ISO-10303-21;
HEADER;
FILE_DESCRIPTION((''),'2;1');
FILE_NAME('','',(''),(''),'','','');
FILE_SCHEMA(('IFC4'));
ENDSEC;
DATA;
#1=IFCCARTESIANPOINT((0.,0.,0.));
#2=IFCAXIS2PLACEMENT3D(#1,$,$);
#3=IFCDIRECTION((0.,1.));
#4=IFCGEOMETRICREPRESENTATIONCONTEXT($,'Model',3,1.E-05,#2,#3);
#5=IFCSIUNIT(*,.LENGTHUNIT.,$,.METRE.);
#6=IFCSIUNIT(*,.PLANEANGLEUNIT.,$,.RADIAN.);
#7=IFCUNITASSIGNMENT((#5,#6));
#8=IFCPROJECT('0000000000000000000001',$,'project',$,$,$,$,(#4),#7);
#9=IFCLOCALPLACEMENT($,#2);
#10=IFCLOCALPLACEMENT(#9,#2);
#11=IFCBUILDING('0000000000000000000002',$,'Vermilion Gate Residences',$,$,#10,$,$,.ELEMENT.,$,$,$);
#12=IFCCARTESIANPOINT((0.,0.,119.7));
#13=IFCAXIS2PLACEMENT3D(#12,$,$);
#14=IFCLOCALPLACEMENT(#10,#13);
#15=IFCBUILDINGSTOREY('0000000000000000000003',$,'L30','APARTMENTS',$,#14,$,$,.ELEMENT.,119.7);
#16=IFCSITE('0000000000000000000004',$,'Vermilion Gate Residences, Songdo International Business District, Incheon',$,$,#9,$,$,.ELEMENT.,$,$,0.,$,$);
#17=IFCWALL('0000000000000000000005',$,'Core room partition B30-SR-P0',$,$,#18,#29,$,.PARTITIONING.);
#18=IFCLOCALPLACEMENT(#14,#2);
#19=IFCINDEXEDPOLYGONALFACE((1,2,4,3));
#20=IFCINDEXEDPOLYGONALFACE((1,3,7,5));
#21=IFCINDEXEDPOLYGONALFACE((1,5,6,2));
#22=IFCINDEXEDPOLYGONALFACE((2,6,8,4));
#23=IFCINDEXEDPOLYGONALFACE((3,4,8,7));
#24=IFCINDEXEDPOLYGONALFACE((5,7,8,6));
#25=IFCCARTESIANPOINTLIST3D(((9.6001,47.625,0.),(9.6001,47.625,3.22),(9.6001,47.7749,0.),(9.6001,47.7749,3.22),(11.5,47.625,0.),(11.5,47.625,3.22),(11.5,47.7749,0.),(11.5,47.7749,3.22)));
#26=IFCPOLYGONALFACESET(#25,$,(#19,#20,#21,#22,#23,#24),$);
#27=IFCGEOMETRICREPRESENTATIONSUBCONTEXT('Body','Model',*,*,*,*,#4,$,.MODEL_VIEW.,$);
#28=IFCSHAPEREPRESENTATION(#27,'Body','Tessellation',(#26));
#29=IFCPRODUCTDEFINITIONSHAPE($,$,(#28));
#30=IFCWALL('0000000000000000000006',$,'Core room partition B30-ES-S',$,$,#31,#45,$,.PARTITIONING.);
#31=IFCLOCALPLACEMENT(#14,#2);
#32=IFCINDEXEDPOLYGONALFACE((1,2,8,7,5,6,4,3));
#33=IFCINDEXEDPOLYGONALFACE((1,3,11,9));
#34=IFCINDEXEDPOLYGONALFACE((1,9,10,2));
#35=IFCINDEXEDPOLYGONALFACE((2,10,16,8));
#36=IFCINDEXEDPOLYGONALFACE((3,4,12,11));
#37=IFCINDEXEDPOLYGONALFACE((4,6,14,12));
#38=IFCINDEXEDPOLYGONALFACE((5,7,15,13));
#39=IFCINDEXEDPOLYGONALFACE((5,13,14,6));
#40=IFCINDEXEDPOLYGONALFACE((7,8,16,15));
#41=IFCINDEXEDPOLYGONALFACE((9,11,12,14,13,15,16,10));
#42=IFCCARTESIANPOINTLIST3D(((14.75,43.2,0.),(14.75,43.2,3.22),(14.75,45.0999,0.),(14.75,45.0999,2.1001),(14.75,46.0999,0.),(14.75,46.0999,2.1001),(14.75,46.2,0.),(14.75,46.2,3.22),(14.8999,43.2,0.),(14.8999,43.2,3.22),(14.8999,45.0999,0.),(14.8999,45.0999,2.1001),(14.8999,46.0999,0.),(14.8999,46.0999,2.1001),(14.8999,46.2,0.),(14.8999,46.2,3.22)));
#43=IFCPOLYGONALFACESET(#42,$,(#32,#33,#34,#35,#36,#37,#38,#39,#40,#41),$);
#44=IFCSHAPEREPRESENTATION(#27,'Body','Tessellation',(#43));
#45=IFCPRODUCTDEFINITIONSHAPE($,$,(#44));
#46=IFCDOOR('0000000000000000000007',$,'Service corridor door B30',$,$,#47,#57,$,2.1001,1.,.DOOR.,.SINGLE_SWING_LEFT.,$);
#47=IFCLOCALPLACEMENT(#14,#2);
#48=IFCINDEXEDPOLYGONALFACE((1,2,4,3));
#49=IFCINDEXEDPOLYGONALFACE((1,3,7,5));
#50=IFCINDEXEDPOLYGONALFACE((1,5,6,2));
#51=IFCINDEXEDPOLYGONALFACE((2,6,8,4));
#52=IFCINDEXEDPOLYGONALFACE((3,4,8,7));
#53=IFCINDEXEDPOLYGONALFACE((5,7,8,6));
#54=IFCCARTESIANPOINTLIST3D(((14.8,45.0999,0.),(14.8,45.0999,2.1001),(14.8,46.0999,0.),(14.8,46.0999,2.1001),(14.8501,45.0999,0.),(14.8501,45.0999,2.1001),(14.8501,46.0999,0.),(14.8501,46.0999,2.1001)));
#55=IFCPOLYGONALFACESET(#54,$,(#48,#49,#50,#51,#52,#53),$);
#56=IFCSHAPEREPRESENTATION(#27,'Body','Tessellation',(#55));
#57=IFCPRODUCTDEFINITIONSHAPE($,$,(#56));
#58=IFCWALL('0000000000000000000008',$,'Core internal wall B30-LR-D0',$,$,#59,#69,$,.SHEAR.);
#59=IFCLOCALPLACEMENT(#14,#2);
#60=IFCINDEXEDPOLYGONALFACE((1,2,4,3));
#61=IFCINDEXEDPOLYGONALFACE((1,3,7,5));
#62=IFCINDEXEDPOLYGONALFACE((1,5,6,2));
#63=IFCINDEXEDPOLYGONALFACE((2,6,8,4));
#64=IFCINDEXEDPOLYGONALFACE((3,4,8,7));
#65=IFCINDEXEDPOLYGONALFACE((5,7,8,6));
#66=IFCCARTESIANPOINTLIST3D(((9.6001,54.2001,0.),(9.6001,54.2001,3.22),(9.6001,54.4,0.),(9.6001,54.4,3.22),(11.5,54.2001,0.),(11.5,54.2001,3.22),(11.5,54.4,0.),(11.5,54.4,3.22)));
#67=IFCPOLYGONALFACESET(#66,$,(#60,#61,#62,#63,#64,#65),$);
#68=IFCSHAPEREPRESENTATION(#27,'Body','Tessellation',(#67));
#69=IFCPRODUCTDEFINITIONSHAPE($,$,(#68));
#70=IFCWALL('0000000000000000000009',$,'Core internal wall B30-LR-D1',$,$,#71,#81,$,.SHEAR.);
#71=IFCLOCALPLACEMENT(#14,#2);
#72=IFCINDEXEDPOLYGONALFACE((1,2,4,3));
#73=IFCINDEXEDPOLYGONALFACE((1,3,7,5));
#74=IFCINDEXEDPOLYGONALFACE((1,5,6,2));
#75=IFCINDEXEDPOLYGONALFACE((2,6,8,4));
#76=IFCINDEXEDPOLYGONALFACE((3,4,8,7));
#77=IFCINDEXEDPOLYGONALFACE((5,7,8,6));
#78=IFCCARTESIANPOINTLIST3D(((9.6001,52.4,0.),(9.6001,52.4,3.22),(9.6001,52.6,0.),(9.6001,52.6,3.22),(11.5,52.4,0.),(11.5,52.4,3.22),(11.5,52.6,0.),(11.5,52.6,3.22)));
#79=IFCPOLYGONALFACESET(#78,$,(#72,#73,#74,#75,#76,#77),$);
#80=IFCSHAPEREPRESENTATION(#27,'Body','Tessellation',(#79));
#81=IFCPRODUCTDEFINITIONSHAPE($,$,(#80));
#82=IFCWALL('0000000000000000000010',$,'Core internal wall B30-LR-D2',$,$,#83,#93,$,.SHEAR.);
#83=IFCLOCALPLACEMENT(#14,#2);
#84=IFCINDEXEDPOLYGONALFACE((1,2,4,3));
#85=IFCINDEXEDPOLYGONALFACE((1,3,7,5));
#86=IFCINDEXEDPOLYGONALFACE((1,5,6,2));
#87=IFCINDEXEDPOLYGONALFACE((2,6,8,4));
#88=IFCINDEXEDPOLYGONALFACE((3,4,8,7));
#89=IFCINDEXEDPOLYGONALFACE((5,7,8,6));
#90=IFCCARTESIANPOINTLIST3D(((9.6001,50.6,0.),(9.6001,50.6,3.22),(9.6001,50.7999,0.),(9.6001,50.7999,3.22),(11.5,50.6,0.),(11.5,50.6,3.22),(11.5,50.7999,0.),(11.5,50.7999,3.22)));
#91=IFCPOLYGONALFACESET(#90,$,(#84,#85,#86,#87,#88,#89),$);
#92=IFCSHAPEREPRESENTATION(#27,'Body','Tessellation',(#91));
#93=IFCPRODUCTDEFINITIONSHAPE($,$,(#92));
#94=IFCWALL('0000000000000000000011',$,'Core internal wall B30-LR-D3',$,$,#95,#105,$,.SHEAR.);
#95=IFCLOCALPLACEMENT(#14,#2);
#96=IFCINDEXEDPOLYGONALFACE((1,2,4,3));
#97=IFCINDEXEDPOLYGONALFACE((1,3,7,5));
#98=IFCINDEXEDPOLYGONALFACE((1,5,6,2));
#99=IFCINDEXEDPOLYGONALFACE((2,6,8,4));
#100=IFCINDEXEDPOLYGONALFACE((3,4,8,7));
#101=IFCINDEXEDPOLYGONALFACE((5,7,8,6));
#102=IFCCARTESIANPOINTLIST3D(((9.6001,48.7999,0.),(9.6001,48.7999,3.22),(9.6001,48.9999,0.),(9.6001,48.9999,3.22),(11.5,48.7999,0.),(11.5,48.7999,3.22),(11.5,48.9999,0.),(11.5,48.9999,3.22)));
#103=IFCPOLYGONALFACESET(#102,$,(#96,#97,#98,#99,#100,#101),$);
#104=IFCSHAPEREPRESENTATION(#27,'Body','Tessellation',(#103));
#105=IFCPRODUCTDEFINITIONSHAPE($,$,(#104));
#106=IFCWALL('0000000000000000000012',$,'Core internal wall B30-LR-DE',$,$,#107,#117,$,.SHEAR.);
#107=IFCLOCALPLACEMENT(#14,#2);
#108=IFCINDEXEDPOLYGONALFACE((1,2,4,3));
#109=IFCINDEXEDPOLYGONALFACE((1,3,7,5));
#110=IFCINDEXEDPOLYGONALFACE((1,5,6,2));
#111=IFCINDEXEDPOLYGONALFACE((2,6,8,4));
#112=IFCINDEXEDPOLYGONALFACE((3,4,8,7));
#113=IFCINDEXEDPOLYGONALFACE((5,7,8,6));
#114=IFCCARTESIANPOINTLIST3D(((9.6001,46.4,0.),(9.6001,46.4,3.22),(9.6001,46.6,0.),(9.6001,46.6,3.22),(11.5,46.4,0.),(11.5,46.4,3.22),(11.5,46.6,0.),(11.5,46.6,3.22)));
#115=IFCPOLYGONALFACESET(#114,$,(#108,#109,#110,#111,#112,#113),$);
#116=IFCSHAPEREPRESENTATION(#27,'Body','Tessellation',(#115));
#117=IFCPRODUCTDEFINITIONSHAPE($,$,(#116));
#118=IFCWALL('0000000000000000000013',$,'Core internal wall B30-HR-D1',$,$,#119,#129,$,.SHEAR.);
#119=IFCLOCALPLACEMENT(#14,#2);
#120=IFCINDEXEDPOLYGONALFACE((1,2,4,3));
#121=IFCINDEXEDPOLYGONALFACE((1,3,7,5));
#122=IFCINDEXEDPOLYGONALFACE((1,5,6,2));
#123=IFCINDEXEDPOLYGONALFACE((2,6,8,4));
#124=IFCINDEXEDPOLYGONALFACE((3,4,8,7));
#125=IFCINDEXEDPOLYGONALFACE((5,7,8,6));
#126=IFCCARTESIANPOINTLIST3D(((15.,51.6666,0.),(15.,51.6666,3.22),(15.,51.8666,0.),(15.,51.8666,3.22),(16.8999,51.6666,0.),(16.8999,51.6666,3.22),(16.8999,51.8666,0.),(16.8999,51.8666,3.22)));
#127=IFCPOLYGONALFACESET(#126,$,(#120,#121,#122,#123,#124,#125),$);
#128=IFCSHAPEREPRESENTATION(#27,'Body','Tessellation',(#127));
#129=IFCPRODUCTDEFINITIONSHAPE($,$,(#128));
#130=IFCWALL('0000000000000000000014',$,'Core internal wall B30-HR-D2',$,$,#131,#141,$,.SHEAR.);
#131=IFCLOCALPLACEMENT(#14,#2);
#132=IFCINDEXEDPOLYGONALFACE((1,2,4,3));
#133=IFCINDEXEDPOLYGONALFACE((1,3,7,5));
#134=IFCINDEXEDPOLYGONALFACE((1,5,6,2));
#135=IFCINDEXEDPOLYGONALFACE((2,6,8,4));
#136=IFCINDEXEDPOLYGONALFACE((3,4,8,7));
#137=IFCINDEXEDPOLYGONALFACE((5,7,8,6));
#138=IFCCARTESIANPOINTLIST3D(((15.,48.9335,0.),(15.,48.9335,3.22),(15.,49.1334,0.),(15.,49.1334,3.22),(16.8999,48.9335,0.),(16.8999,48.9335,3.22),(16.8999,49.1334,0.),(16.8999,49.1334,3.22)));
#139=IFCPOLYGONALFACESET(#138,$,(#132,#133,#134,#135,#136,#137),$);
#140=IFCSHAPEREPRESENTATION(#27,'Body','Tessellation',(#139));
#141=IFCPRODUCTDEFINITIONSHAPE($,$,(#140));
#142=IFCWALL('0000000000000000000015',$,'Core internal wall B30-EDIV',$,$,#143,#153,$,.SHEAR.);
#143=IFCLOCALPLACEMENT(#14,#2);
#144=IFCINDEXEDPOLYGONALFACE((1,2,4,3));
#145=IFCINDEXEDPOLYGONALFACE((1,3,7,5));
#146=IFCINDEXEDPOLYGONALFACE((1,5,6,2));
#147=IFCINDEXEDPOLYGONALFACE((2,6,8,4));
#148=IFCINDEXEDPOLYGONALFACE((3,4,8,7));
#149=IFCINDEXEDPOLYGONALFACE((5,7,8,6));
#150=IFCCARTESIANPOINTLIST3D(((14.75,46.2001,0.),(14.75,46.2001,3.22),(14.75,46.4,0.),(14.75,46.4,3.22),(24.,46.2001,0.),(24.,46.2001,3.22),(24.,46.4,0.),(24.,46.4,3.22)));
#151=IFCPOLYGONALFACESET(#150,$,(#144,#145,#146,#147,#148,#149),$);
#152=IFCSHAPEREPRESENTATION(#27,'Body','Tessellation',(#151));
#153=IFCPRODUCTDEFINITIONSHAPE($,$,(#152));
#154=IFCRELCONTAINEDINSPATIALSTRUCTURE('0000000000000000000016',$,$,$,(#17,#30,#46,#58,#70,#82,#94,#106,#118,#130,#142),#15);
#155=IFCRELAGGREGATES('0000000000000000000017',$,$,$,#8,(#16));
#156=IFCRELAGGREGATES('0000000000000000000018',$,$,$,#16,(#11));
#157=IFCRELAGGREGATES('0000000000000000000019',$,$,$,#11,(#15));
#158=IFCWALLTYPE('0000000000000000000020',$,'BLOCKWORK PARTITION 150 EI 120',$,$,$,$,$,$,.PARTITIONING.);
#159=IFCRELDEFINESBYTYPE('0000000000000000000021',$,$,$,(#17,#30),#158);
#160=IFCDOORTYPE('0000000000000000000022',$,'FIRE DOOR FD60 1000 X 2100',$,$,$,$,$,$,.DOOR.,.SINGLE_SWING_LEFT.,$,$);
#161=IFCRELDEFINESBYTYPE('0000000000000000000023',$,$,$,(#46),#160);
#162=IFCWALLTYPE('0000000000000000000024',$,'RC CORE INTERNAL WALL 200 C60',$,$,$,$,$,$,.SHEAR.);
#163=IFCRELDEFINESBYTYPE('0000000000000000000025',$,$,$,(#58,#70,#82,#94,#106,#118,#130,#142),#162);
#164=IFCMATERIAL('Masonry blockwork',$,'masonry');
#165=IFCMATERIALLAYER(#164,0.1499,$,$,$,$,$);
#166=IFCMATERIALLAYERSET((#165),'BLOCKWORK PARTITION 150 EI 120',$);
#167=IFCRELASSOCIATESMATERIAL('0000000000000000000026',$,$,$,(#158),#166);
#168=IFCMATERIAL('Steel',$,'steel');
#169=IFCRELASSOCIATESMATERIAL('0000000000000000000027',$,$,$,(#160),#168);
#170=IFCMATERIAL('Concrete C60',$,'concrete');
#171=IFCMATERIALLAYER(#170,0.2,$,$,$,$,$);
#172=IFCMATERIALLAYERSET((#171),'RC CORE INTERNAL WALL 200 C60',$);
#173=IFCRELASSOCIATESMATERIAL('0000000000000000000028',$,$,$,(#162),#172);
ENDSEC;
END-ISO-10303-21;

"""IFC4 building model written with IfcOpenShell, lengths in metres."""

from ifc_helpers import new_model, si_unit, direction, frame, frame_2d, origin, place, context, subcontext, project, spatial, rectangle, extrude, material, layer, layer_set, type_object, element, fill, save


model = new_model("IFC4")

# Units and contexts
model_context = context("Model", 3, precision=1e-05, world=origin(), true_north=direction((0.0, 1.0)))
body_context = subcontext(model_context, "Body", "Model", "MODEL_VIEW")
ifc_project = project(units=[si_unit("LENGTHUNIT", "METRE"), si_unit("PLANEANGLEUNIT", "RADIAN")], contexts=[model_context])

# Site, building, storey
site_placement = place(None, origin())
site = spatial("IfcSite", under=ifc_project, at=site_placement, Name="Vermilion Gate Residences, Songdo International Business District, Incheon", CompositionType="ELEMENT", RefElevation=0.0)
building_placement = place(site_placement, origin())
building = spatial("IfcBuilding", under=site, at=building_placement, Name="Vermilion Gate Residences", CompositionType="ELEMENT")
storey_placement = place(building_placement, frame((0.0, 0.0, 119.7)))
storey = spatial("IfcBuildingStorey", under=building, at=storey_placement, Name="L30", Description="APARTMENTS", CompositionType="ELEMENT", Elevation=119.7)

# Wall
ifc_material_1 = material(Name="Masonry blockwork", Category="masonry")
ifc_layer_1 = layer(ifc_material_1, 0.1499)
ifc_layer_set_1 = layer_set([ifc_layer_1], Name="BLOCKWORK PARTITION 150 EI 120")
wall_type_1 = type_object("IfcWallType", Name="BLOCKWORK PARTITION 150 EI 120", PredefinedType="PARTITIONING", material=ifc_layer_set_1)
wall_1_placement = place(storey_placement, frame((9.6001, 47.7, 0.0), z_axis=(0.0, 0.0, 1.0), x_axis=(1.0, 0.0, 0.0)))
element("IfcWall", 1, at=wall_1_placement, inside=storey, type_object=wall_type_1, Name="Core room partition B30-SR-P0", PredefinedType="PARTITIONING", context=body_context, shape_type="SweptSolid", body=[
    extrude(rectangle(XDim=1.8999, YDim=0.1499, at=frame_2d((0.95, 0.0))), origin(), (0.0, 0.0, 1.0), 3.22),
])

# Wall, opening, door
wall_2_placement = place(storey_placement, frame((14.825, 46.2, 0.0), z_axis=(0.0, 0.0, 1.0), x_axis=(0.0, -1.0, 0.0)))
wall_2 = element("IfcWall", 2, at=wall_2_placement, inside=storey, type_object=wall_type_1, Name="Core room partition B30-ES-S", PredefinedType="PARTITIONING", context=body_context, shape_type="SweptSolid", body=[
    extrude(rectangle(XDim=3.0, YDim=0.1499, at=frame_2d((1.5, 0.0))), origin(), (0.0, 0.0, 1.0), 3.22),
])
opening_placement = place(wall_2_placement, frame((0.1001, 0.0, 0.0)))
opening = element("IfcOpeningElement", 3, at=opening_placement, cuts=wall_2, PredefinedType="OPENING", context=body_context, shape_type="SweptSolid", body=[
    extrude(rectangle(XDim=1.0, YDim=2.1001, at=frame_2d((0.5, 1.05))), frame((0.0, 0.085, 0.0), z_axis=(0.0, -1.0, 0.0), x_axis=(1.0, 0.0, 0.0)), (0.0, 0.0, 1.0), 0.1699),
])
ifc_material_2 = material(Name="Steel", Category="steel")
door_type = type_object("IfcDoorType", Name="FIRE DOOR FD60 1000 X 2100", OperationType="SINGLE_SWING_LEFT", PredefinedType="DOOR", material=ifc_material_2)
door_placement = place(opening_placement, frame((1.0, 0.0, 0.0), z_axis=(0.0, 0.0, 1.0), x_axis=(-1.0, 0.0, 0.0)))
door = element("IfcDoor", 4, at=door_placement, inside=storey, type_object=door_type, Name="Service corridor door B30", OperationType="SINGLE_SWING_LEFT", OverallHeight=2.1001, OverallWidth=1.0, PredefinedType="DOOR", context=body_context, shape_type="SweptSolid", body=[
    extrude(rectangle(XDim=1.0, YDim=2.1001, at=frame_2d((0.5, 1.05))), frame((0.0, 0.0249, 0.0), z_axis=(0.0, -1.0, 0.0), x_axis=(1.0, 0.0, 0.0)), (0.0, 0.0, 1.0), 0.05),
])
fill(opening, door)

# Walls
ifc_material_3 = material(Name="Concrete C60", Category="concrete")
ifc_layer_2 = layer(ifc_material_3, 0.2)
ifc_layer_set_2 = layer_set([ifc_layer_2], Name="RC CORE INTERNAL WALL 200 C60")
wall_type_2 = type_object("IfcWallType", Name="RC CORE INTERNAL WALL 200 C60", PredefinedType="SHEAR", material=ifc_layer_set_2)
for number, where, z_axis, x_axis, name in (
    (5, (9.6001, 54.3, 0.0), (0.0, 0.0, 1.0), (1.0, 0.0, 0.0), "Core internal wall B30-LR-D0"),
    (6, (9.6001, 52.5, 0.0), (0.0, 0.0, 1.0), (1.0, 0.0, 0.0), "Core internal wall B30-LR-D1"),
    (7, (9.6001, 50.7, 0.0), (0.0, 0.0, 1.0), (1.0, 0.0, 0.0), "Core internal wall B30-LR-D2"),
    (8, (9.6001, 48.8999, 0.0), (0.0, 0.0, 1.0), (1.0, 0.0, 0.0), "Core internal wall B30-LR-D3"),
    (9, (9.6001, 46.5, 0.0), (0.0, 0.0, 1.0), (1.0, 0.0, 0.0), "Core internal wall B30-LR-DE"),
    (10, (15.0, 51.7666, 0.0), (0.0, 0.0, 1.0), (1.0, 0.0, 0.0), "Core internal wall B30-HR-D1"),
    (11, (15.0, 49.0334, 0.0), (0.0, 0.0, 1.0), (1.0, 0.0, 0.0), "Core internal wall B30-HR-D2"),
):
    element("IfcWall", number, at=place(storey_placement, frame(where, z_axis=z_axis, x_axis=x_axis)), inside=storey, type_object=wall_type_2, Name=name, PredefinedType="SHEAR", context=body_context, shape_type="SweptSolid", body=[
        extrude(rectangle(XDim=1.8999, YDim=0.2, at=frame_2d((0.95, 0.0))), origin(), (0.0, 0.0, 1.0), 3.22),
    ])
wall_3_placement = place(storey_placement, frame((14.75, 46.3, 0.0), z_axis=(0.0, 0.0, 1.0), x_axis=(1.0, 0.0, 0.0)))
element("IfcWall", 12, at=wall_3_placement, inside=storey, type_object=wall_type_2, Name="Core internal wall B30-EDIV", PredefinedType="SHEAR", context=body_context, shape_type="SweptSolid", body=[
    extrude(rectangle(XDim=9.25, YDim=0.2, at=frame_2d((4.625, 0.0))), origin(), (0.0, 0.0, 1.0), 3.22),
])

save(model, "model.ifc")
